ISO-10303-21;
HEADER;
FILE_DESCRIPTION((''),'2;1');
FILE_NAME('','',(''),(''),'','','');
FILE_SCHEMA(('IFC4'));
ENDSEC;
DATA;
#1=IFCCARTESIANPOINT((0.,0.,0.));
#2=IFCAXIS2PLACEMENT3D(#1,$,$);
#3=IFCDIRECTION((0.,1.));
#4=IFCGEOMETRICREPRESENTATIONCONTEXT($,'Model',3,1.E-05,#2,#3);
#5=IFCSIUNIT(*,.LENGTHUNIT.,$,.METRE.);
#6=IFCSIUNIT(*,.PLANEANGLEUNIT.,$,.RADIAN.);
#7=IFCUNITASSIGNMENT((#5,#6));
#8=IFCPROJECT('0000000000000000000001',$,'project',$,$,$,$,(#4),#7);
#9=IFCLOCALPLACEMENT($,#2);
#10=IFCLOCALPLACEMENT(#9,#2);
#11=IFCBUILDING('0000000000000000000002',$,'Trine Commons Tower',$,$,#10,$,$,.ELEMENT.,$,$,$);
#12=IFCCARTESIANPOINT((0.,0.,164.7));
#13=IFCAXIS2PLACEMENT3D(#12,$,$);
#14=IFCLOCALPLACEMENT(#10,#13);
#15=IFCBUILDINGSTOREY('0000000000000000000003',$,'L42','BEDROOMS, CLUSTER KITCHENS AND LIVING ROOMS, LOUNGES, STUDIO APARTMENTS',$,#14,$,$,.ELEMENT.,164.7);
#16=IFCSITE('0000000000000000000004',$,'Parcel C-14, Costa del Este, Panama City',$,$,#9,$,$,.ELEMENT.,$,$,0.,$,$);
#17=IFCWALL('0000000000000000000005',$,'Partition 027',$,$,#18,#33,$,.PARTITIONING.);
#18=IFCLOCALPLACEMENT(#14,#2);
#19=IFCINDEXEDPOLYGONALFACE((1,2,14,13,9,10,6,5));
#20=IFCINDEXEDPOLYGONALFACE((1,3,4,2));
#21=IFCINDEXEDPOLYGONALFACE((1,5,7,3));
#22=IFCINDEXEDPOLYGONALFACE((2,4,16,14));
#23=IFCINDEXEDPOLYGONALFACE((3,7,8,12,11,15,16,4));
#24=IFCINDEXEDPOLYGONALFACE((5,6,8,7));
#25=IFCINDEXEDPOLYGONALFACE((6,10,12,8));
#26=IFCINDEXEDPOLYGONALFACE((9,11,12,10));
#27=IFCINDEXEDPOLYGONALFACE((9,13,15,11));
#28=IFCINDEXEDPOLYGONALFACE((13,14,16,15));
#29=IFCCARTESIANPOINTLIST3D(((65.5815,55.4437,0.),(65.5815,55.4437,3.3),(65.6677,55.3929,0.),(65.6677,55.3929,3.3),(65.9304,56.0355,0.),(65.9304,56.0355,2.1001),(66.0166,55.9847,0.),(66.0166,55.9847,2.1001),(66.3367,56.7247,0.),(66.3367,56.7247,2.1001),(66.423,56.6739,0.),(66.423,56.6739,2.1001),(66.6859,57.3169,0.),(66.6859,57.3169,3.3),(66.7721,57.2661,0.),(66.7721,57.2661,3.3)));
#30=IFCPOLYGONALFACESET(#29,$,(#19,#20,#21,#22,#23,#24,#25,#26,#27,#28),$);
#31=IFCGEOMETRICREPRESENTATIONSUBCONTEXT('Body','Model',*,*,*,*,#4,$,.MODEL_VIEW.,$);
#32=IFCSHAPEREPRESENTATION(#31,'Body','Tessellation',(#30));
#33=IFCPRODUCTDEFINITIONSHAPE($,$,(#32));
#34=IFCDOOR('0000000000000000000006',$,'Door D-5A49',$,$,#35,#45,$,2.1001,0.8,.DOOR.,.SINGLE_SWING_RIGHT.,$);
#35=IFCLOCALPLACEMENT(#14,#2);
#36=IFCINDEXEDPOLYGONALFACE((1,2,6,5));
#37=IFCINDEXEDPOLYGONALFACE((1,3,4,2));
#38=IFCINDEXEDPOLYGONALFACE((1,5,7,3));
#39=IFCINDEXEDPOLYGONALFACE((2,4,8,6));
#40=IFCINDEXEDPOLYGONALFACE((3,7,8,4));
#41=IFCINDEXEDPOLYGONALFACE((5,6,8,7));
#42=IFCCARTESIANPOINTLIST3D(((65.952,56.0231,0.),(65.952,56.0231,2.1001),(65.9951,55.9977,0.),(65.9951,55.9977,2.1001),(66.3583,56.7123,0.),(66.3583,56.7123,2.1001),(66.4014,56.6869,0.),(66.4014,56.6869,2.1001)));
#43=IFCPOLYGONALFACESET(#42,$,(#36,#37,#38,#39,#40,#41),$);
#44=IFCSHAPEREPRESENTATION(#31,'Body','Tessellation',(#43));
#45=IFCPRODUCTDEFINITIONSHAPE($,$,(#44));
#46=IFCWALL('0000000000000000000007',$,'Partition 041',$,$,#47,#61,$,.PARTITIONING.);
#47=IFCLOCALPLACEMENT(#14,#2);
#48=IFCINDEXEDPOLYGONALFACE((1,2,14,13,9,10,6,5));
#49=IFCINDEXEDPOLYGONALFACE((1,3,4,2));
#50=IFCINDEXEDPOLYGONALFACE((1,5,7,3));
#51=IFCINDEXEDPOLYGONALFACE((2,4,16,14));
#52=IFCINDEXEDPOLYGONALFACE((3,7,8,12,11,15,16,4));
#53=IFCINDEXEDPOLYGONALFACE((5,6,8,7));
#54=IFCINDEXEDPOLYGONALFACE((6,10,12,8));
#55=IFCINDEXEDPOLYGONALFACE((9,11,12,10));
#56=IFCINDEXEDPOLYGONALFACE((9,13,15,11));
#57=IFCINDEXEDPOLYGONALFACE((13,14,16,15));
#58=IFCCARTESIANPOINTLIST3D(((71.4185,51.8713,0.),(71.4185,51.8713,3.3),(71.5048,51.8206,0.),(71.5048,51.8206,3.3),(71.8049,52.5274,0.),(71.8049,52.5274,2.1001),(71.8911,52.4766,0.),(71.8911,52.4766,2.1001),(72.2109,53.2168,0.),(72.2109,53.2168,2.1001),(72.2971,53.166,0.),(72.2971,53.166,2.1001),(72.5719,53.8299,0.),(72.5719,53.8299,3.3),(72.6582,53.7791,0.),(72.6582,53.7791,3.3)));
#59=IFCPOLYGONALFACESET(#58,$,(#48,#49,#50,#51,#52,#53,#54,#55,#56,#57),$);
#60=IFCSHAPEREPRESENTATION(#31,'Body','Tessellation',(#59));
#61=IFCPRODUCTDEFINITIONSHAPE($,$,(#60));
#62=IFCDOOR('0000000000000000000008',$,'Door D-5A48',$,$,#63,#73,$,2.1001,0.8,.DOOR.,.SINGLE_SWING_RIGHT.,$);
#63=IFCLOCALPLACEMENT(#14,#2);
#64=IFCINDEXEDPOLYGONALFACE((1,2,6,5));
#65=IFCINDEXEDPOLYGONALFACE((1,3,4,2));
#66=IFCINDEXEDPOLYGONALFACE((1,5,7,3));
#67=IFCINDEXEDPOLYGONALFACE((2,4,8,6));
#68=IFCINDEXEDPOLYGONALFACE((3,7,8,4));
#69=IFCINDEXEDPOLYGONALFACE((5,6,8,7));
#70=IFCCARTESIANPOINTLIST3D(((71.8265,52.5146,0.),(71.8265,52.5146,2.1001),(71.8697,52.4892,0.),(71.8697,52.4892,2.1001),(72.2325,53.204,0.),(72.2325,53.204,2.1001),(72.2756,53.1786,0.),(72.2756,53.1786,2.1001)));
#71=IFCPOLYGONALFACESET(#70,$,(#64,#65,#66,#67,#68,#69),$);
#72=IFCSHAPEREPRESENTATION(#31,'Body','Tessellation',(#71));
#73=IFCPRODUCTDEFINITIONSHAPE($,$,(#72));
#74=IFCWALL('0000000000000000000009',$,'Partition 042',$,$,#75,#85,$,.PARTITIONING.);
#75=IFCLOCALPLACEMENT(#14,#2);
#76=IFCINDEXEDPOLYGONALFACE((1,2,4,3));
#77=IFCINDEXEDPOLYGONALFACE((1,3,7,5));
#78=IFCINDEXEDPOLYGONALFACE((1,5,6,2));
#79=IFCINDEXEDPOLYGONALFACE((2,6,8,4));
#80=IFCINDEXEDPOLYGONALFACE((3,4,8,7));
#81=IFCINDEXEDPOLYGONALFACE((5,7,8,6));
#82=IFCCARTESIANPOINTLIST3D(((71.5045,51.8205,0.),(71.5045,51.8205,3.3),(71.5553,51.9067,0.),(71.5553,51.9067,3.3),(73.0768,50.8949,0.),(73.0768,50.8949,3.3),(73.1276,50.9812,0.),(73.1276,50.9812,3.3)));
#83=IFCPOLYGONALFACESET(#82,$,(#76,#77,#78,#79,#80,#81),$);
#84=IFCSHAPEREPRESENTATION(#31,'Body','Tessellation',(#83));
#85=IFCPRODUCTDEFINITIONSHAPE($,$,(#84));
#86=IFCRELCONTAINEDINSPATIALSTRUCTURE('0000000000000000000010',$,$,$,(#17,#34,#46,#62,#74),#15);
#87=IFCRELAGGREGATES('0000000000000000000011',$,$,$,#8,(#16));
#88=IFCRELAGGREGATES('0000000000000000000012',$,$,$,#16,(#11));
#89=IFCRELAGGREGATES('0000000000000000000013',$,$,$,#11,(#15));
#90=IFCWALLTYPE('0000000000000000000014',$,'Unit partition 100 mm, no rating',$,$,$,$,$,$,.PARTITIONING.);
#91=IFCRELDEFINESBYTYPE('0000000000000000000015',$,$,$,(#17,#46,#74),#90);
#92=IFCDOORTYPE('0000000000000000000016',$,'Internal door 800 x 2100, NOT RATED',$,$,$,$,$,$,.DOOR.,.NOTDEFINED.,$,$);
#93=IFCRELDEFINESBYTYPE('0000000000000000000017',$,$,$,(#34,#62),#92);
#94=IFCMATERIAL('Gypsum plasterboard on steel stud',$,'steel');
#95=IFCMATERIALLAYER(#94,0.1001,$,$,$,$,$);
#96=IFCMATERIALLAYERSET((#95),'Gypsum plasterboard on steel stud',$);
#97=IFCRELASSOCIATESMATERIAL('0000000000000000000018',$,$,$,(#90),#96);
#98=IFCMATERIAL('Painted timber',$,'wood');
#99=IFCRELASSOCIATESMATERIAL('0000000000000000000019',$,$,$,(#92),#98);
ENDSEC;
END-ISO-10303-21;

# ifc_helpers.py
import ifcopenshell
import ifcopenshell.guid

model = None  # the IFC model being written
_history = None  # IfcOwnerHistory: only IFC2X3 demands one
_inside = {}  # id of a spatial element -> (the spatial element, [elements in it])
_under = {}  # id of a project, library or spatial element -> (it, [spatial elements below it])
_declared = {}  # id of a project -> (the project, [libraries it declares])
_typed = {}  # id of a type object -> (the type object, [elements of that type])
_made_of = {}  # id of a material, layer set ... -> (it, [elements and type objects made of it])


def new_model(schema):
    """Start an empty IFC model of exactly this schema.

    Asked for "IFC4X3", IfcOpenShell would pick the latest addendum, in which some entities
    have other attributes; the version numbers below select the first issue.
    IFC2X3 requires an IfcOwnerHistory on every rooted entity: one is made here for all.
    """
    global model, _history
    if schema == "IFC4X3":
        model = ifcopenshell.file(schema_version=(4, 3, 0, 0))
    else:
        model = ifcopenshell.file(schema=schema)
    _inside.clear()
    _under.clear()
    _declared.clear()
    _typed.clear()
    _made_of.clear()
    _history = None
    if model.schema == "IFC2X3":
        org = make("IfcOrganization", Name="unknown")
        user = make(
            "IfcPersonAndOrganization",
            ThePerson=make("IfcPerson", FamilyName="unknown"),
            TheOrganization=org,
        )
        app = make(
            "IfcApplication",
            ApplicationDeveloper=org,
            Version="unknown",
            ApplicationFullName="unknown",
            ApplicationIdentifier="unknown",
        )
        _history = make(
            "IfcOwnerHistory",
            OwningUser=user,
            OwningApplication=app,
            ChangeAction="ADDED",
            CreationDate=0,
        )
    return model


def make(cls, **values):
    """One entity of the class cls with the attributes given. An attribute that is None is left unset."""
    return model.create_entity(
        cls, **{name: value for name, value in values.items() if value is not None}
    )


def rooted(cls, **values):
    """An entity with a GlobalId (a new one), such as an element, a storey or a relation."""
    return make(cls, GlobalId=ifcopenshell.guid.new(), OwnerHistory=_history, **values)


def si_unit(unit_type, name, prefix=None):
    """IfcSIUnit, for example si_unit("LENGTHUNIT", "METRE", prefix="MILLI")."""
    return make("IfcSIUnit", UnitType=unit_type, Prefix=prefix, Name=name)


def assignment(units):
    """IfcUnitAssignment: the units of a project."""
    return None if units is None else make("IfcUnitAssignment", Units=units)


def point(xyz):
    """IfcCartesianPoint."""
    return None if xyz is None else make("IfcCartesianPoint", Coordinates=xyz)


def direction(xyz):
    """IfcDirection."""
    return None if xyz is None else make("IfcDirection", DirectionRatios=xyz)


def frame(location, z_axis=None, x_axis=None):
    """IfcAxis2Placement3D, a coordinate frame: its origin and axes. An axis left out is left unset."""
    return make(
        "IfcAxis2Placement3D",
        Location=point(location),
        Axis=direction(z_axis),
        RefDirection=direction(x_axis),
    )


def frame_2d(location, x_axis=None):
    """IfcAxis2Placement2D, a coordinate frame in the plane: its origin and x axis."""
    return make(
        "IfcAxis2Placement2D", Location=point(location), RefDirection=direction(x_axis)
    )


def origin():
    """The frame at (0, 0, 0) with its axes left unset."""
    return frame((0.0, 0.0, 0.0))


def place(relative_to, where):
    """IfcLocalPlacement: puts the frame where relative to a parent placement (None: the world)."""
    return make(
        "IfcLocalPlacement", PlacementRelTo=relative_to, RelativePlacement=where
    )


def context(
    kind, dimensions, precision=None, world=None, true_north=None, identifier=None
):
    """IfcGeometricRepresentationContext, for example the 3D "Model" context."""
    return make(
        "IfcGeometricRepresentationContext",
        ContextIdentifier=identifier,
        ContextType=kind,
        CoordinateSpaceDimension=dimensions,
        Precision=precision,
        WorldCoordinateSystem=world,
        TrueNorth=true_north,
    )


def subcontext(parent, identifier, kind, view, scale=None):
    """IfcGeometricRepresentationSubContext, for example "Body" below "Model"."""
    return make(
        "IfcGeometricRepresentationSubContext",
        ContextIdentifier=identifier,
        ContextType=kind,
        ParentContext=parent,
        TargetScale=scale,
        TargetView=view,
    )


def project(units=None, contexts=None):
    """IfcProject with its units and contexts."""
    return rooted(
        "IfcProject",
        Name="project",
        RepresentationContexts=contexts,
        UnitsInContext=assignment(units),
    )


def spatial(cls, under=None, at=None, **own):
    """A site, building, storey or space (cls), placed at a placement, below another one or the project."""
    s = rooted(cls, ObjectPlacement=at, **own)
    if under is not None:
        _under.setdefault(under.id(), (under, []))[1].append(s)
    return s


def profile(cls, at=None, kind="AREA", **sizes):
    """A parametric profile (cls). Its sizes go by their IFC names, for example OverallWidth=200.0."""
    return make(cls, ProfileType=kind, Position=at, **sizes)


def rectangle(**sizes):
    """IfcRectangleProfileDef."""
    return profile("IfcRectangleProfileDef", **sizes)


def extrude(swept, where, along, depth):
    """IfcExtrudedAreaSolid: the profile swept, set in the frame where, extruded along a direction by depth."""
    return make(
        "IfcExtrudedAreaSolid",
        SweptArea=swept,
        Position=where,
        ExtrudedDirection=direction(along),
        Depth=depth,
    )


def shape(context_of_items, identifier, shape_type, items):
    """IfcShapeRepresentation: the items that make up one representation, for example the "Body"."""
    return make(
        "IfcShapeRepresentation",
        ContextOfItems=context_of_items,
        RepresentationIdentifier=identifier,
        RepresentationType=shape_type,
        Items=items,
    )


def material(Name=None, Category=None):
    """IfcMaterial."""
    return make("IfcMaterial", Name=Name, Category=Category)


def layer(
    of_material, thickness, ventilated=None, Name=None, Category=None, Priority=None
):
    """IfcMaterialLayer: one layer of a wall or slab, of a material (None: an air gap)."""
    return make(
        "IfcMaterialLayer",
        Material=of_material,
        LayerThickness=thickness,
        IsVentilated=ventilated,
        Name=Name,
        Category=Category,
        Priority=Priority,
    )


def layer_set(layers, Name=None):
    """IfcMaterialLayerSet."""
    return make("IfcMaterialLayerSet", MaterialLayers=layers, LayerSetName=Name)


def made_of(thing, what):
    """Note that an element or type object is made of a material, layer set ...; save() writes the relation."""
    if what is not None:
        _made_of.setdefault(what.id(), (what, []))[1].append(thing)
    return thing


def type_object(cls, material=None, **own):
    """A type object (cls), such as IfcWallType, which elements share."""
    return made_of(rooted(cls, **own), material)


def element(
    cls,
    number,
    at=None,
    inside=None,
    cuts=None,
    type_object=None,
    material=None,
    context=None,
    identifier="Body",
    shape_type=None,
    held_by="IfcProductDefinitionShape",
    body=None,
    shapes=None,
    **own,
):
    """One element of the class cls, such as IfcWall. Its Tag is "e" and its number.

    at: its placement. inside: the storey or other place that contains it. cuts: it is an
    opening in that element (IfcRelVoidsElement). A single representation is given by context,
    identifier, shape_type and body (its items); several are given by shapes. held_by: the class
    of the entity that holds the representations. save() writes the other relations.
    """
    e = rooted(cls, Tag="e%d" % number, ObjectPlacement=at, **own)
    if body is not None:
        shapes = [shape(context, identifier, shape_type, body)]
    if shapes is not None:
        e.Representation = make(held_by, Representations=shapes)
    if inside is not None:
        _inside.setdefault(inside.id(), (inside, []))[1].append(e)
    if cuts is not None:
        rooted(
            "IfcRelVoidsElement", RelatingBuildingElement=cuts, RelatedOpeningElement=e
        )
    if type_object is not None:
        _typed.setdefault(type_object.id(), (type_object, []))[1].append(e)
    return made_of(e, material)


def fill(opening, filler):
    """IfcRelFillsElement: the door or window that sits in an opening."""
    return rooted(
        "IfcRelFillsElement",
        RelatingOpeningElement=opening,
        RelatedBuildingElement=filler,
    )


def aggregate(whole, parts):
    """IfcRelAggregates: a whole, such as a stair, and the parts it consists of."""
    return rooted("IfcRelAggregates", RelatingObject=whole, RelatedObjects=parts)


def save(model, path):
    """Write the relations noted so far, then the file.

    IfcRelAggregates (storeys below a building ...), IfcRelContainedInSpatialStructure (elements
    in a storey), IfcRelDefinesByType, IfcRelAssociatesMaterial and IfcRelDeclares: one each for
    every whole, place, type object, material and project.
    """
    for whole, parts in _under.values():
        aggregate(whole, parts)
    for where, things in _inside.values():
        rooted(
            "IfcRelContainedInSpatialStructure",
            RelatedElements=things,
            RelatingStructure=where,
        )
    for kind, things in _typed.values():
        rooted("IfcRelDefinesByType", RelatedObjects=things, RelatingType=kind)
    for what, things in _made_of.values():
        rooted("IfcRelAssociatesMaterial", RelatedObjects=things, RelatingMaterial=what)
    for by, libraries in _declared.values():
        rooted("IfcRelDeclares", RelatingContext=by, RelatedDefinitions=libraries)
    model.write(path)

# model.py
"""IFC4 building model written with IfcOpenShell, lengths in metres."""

from ifc_helpers import new_model, si_unit, direction, frame, frame_2d, origin, place, context, subcontext, project, spatial, rectangle, extrude, material, layer, layer_set, type_object, element, fill, save


model = new_model("IFC4")

# Units and contexts
model_context = context("Model", 3, precision=1e-05, world=origin(), true_north=direction((0.0, 1.0)))
body_context = subcontext(model_context, "Body", "Model", "MODEL_VIEW")
ifc_project = project(units=[si_unit("LENGTHUNIT", "METRE"), si_unit("PLANEANGLEUNIT", "RADIAN")], contexts=[model_context])

# Site, building, storey
site_placement = place(None, origin())
site = spatial("IfcSite", under=ifc_project, at=site_placement, Name="Parcel C-14, Costa del Este, Panama City", CompositionType="ELEMENT", RefElevation=0.0)
building_placement = place(site_placement, origin())
building = spatial("IfcBuilding", under=site, at=building_placement, Name="Trine Commons Tower", CompositionType="ELEMENT")
storey_placement = place(building_placement, frame((0.0, 0.0, 164.7)))
storey = spatial("IfcBuildingStorey", under=building, at=storey_placement, Name="L42", Description="BEDROOMS, CLUSTER KITCHENS AND LIVING ROOMS, LOUNGES, STUDIO APARTMENTS", CompositionType="ELEMENT", Elevation=164.7)

# Shared definitions
ifc_material_1 = material(Name="Gypsum plasterboard on steel stud", Category="steel")

# Shared definitions
ifc_material_2 = material(Name="Painted timber", Category="wood")

# Shared definitions
ifc_layer_1 = layer(ifc_material_1, 0.1001)
ifc_layer_set_1 = layer_set([ifc_layer_1], Name="Gypsum plasterboard on steel stud")
wall_type_1 = type_object("IfcWallType", Name="Unit partition 100 mm, no rating", PredefinedType="PARTITIONING", material=ifc_layer_set_1)
door_type_1 = type_object("IfcDoorType", Name="Internal door 800 x 2100, NOT RATED", OperationType="NOTDEFINED", PredefinedType="DOOR", material=ifc_material_2)

# Walls, openings, doors
wall_1_placement = place(storey_placement, frame((65.6245, 55.4182, 0.0), z_axis=(0.0, 0.0, 1.0), x_axis=(0.507893, 0.86142, 0.0)))
wall_1 = element("IfcWall", 1, at=wall_1_placement, inside=storey, type_object=wall_type_1, Name="Partition 027", PredefinedType="PARTITIONING", context=body_context, shape_type="SweptSolid", body=[
    extrude(rectangle(XDim=2.1746, YDim=0.1001, at=frame_2d((1.0874, 0.0))), origin(), (0.0, 0.0, 1.0), 3.3),
])
opening_1_placement = place(wall_1_placement, frame((0.6873, 0.0, 0.0)))
opening_1 = element("IfcOpeningElement", 2, at=opening_1_placement, cuts=wall_1, PredefinedType="OPENING", context=body_context, shape_type="SweptSolid", body=[
    extrude(rectangle(XDim=0.8, YDim=2.1001, at=frame_2d((0.3999, 1.05))), frame((0.0, 0.0601, 0.0), z_axis=(0.0, -1.0, 0.0), x_axis=(1.0, 0.0, 0.0)), (0.0, 0.0, 1.0), 0.1201),
])
door_1_placement = place(opening_1_placement, frame((0.8, 0.0, 0.0), z_axis=(0.0, 0.0, 1.0), x_axis=(-1.0, 0.0, 0.0)))
door_1 = element("IfcDoor", 3, at=door_1_placement, inside=storey, type_object=door_type_1, Name="Door D-5A49", OperationType="SINGLE_SWING_RIGHT", OverallHeight=2.1001, OverallWidth=0.8, PredefinedType="DOOR", context=body_context, shape_type="SweptSolid", body=[
    extrude(rectangle(XDim=0.8, YDim=2.1001, at=frame_2d((0.3999, 1.05))), frame((0.0, 0.0249, 0.0), z_axis=(0.0, -1.0, 0.0), x_axis=(1.0, 0.0, 0.0)), (0.0, 0.0, 1.0), 0.05),
])
fill(opening_1, door_1)
wall_2_placement = place(storey_placement, frame((71.4617, 51.8459, 0.0), z_axis=(0.0, 0.0, 1.0), x_axis=(0.507433, 0.861691, 0.0)))
wall_2 = element("IfcWall", 4, at=wall_2_placement, inside=storey, type_object=wall_type_1, Name="Partition 041", PredefinedType="PARTITIONING", context=body_context, shape_type="SweptSolid", body=[
    extrude(rectangle(XDim=2.2729, YDim=0.1001, at=frame_2d((1.1365, 0.0))), origin(), (0.0, 0.0, 1.0), 3.3),
])
opening_2_placement = place(wall_2_placement, frame((0.7615, 0.0, 0.0)))
opening_2 = element("IfcOpeningElement", 5, at=opening_2_placement, cuts=wall_2, PredefinedType="OPENING", context=body_context, shape_type="SweptSolid", body=[
    extrude(rectangle(XDim=0.8, YDim=2.1001, at=frame_2d((0.3999, 1.05))), frame((0.0, 0.0601, 0.0), z_axis=(0.0, -1.0, 0.0), x_axis=(1.0, 0.0, 0.0)), (0.0, 0.0, 1.0), 0.1201),
])
door_2_placement = place(opening_2_placement, origin())
door_2 = element("IfcDoor", 6, at=door_2_placement, inside=storey, type_object=door_type_1, Name="Door D-5A48", OperationType="SINGLE_SWING_RIGHT", OverallHeight=2.1001, OverallWidth=0.8, PredefinedType="DOOR", context=body_context, shape_type="SweptSolid", body=[
    extrude(rectangle(XDim=0.8, YDim=2.1001, at=frame_2d((0.3999, 1.05))), frame((0.0, 0.0249, 0.0), z_axis=(0.0, -1.0, 0.0), x_axis=(1.0, 0.0, 0.0)), (0.0, 0.0, 1.0), 0.05),
])
fill(opening_2, door_2)

# Wall
wall_3_placement = place(storey_placement, frame((71.53, 51.8635, 0.0), z_axis=(0.0, 0.0, 1.0), x_axis=(0.861772, -0.507295, 0.0)))
element("IfcWall", 7, at=wall_3_placement, inside=storey, type_object=wall_type_1, Name="Partition 042", PredefinedType="PARTITIONING", context=body_context, shape_type="SweptSolid", body=[
    extrude(rectangle(XDim=1.8245, YDim=0.1001, at=frame_2d((0.9121, 0.0))), origin(), (0.0, 0.0, 1.0), 3.3),
])

save(model, "model.ifc")
